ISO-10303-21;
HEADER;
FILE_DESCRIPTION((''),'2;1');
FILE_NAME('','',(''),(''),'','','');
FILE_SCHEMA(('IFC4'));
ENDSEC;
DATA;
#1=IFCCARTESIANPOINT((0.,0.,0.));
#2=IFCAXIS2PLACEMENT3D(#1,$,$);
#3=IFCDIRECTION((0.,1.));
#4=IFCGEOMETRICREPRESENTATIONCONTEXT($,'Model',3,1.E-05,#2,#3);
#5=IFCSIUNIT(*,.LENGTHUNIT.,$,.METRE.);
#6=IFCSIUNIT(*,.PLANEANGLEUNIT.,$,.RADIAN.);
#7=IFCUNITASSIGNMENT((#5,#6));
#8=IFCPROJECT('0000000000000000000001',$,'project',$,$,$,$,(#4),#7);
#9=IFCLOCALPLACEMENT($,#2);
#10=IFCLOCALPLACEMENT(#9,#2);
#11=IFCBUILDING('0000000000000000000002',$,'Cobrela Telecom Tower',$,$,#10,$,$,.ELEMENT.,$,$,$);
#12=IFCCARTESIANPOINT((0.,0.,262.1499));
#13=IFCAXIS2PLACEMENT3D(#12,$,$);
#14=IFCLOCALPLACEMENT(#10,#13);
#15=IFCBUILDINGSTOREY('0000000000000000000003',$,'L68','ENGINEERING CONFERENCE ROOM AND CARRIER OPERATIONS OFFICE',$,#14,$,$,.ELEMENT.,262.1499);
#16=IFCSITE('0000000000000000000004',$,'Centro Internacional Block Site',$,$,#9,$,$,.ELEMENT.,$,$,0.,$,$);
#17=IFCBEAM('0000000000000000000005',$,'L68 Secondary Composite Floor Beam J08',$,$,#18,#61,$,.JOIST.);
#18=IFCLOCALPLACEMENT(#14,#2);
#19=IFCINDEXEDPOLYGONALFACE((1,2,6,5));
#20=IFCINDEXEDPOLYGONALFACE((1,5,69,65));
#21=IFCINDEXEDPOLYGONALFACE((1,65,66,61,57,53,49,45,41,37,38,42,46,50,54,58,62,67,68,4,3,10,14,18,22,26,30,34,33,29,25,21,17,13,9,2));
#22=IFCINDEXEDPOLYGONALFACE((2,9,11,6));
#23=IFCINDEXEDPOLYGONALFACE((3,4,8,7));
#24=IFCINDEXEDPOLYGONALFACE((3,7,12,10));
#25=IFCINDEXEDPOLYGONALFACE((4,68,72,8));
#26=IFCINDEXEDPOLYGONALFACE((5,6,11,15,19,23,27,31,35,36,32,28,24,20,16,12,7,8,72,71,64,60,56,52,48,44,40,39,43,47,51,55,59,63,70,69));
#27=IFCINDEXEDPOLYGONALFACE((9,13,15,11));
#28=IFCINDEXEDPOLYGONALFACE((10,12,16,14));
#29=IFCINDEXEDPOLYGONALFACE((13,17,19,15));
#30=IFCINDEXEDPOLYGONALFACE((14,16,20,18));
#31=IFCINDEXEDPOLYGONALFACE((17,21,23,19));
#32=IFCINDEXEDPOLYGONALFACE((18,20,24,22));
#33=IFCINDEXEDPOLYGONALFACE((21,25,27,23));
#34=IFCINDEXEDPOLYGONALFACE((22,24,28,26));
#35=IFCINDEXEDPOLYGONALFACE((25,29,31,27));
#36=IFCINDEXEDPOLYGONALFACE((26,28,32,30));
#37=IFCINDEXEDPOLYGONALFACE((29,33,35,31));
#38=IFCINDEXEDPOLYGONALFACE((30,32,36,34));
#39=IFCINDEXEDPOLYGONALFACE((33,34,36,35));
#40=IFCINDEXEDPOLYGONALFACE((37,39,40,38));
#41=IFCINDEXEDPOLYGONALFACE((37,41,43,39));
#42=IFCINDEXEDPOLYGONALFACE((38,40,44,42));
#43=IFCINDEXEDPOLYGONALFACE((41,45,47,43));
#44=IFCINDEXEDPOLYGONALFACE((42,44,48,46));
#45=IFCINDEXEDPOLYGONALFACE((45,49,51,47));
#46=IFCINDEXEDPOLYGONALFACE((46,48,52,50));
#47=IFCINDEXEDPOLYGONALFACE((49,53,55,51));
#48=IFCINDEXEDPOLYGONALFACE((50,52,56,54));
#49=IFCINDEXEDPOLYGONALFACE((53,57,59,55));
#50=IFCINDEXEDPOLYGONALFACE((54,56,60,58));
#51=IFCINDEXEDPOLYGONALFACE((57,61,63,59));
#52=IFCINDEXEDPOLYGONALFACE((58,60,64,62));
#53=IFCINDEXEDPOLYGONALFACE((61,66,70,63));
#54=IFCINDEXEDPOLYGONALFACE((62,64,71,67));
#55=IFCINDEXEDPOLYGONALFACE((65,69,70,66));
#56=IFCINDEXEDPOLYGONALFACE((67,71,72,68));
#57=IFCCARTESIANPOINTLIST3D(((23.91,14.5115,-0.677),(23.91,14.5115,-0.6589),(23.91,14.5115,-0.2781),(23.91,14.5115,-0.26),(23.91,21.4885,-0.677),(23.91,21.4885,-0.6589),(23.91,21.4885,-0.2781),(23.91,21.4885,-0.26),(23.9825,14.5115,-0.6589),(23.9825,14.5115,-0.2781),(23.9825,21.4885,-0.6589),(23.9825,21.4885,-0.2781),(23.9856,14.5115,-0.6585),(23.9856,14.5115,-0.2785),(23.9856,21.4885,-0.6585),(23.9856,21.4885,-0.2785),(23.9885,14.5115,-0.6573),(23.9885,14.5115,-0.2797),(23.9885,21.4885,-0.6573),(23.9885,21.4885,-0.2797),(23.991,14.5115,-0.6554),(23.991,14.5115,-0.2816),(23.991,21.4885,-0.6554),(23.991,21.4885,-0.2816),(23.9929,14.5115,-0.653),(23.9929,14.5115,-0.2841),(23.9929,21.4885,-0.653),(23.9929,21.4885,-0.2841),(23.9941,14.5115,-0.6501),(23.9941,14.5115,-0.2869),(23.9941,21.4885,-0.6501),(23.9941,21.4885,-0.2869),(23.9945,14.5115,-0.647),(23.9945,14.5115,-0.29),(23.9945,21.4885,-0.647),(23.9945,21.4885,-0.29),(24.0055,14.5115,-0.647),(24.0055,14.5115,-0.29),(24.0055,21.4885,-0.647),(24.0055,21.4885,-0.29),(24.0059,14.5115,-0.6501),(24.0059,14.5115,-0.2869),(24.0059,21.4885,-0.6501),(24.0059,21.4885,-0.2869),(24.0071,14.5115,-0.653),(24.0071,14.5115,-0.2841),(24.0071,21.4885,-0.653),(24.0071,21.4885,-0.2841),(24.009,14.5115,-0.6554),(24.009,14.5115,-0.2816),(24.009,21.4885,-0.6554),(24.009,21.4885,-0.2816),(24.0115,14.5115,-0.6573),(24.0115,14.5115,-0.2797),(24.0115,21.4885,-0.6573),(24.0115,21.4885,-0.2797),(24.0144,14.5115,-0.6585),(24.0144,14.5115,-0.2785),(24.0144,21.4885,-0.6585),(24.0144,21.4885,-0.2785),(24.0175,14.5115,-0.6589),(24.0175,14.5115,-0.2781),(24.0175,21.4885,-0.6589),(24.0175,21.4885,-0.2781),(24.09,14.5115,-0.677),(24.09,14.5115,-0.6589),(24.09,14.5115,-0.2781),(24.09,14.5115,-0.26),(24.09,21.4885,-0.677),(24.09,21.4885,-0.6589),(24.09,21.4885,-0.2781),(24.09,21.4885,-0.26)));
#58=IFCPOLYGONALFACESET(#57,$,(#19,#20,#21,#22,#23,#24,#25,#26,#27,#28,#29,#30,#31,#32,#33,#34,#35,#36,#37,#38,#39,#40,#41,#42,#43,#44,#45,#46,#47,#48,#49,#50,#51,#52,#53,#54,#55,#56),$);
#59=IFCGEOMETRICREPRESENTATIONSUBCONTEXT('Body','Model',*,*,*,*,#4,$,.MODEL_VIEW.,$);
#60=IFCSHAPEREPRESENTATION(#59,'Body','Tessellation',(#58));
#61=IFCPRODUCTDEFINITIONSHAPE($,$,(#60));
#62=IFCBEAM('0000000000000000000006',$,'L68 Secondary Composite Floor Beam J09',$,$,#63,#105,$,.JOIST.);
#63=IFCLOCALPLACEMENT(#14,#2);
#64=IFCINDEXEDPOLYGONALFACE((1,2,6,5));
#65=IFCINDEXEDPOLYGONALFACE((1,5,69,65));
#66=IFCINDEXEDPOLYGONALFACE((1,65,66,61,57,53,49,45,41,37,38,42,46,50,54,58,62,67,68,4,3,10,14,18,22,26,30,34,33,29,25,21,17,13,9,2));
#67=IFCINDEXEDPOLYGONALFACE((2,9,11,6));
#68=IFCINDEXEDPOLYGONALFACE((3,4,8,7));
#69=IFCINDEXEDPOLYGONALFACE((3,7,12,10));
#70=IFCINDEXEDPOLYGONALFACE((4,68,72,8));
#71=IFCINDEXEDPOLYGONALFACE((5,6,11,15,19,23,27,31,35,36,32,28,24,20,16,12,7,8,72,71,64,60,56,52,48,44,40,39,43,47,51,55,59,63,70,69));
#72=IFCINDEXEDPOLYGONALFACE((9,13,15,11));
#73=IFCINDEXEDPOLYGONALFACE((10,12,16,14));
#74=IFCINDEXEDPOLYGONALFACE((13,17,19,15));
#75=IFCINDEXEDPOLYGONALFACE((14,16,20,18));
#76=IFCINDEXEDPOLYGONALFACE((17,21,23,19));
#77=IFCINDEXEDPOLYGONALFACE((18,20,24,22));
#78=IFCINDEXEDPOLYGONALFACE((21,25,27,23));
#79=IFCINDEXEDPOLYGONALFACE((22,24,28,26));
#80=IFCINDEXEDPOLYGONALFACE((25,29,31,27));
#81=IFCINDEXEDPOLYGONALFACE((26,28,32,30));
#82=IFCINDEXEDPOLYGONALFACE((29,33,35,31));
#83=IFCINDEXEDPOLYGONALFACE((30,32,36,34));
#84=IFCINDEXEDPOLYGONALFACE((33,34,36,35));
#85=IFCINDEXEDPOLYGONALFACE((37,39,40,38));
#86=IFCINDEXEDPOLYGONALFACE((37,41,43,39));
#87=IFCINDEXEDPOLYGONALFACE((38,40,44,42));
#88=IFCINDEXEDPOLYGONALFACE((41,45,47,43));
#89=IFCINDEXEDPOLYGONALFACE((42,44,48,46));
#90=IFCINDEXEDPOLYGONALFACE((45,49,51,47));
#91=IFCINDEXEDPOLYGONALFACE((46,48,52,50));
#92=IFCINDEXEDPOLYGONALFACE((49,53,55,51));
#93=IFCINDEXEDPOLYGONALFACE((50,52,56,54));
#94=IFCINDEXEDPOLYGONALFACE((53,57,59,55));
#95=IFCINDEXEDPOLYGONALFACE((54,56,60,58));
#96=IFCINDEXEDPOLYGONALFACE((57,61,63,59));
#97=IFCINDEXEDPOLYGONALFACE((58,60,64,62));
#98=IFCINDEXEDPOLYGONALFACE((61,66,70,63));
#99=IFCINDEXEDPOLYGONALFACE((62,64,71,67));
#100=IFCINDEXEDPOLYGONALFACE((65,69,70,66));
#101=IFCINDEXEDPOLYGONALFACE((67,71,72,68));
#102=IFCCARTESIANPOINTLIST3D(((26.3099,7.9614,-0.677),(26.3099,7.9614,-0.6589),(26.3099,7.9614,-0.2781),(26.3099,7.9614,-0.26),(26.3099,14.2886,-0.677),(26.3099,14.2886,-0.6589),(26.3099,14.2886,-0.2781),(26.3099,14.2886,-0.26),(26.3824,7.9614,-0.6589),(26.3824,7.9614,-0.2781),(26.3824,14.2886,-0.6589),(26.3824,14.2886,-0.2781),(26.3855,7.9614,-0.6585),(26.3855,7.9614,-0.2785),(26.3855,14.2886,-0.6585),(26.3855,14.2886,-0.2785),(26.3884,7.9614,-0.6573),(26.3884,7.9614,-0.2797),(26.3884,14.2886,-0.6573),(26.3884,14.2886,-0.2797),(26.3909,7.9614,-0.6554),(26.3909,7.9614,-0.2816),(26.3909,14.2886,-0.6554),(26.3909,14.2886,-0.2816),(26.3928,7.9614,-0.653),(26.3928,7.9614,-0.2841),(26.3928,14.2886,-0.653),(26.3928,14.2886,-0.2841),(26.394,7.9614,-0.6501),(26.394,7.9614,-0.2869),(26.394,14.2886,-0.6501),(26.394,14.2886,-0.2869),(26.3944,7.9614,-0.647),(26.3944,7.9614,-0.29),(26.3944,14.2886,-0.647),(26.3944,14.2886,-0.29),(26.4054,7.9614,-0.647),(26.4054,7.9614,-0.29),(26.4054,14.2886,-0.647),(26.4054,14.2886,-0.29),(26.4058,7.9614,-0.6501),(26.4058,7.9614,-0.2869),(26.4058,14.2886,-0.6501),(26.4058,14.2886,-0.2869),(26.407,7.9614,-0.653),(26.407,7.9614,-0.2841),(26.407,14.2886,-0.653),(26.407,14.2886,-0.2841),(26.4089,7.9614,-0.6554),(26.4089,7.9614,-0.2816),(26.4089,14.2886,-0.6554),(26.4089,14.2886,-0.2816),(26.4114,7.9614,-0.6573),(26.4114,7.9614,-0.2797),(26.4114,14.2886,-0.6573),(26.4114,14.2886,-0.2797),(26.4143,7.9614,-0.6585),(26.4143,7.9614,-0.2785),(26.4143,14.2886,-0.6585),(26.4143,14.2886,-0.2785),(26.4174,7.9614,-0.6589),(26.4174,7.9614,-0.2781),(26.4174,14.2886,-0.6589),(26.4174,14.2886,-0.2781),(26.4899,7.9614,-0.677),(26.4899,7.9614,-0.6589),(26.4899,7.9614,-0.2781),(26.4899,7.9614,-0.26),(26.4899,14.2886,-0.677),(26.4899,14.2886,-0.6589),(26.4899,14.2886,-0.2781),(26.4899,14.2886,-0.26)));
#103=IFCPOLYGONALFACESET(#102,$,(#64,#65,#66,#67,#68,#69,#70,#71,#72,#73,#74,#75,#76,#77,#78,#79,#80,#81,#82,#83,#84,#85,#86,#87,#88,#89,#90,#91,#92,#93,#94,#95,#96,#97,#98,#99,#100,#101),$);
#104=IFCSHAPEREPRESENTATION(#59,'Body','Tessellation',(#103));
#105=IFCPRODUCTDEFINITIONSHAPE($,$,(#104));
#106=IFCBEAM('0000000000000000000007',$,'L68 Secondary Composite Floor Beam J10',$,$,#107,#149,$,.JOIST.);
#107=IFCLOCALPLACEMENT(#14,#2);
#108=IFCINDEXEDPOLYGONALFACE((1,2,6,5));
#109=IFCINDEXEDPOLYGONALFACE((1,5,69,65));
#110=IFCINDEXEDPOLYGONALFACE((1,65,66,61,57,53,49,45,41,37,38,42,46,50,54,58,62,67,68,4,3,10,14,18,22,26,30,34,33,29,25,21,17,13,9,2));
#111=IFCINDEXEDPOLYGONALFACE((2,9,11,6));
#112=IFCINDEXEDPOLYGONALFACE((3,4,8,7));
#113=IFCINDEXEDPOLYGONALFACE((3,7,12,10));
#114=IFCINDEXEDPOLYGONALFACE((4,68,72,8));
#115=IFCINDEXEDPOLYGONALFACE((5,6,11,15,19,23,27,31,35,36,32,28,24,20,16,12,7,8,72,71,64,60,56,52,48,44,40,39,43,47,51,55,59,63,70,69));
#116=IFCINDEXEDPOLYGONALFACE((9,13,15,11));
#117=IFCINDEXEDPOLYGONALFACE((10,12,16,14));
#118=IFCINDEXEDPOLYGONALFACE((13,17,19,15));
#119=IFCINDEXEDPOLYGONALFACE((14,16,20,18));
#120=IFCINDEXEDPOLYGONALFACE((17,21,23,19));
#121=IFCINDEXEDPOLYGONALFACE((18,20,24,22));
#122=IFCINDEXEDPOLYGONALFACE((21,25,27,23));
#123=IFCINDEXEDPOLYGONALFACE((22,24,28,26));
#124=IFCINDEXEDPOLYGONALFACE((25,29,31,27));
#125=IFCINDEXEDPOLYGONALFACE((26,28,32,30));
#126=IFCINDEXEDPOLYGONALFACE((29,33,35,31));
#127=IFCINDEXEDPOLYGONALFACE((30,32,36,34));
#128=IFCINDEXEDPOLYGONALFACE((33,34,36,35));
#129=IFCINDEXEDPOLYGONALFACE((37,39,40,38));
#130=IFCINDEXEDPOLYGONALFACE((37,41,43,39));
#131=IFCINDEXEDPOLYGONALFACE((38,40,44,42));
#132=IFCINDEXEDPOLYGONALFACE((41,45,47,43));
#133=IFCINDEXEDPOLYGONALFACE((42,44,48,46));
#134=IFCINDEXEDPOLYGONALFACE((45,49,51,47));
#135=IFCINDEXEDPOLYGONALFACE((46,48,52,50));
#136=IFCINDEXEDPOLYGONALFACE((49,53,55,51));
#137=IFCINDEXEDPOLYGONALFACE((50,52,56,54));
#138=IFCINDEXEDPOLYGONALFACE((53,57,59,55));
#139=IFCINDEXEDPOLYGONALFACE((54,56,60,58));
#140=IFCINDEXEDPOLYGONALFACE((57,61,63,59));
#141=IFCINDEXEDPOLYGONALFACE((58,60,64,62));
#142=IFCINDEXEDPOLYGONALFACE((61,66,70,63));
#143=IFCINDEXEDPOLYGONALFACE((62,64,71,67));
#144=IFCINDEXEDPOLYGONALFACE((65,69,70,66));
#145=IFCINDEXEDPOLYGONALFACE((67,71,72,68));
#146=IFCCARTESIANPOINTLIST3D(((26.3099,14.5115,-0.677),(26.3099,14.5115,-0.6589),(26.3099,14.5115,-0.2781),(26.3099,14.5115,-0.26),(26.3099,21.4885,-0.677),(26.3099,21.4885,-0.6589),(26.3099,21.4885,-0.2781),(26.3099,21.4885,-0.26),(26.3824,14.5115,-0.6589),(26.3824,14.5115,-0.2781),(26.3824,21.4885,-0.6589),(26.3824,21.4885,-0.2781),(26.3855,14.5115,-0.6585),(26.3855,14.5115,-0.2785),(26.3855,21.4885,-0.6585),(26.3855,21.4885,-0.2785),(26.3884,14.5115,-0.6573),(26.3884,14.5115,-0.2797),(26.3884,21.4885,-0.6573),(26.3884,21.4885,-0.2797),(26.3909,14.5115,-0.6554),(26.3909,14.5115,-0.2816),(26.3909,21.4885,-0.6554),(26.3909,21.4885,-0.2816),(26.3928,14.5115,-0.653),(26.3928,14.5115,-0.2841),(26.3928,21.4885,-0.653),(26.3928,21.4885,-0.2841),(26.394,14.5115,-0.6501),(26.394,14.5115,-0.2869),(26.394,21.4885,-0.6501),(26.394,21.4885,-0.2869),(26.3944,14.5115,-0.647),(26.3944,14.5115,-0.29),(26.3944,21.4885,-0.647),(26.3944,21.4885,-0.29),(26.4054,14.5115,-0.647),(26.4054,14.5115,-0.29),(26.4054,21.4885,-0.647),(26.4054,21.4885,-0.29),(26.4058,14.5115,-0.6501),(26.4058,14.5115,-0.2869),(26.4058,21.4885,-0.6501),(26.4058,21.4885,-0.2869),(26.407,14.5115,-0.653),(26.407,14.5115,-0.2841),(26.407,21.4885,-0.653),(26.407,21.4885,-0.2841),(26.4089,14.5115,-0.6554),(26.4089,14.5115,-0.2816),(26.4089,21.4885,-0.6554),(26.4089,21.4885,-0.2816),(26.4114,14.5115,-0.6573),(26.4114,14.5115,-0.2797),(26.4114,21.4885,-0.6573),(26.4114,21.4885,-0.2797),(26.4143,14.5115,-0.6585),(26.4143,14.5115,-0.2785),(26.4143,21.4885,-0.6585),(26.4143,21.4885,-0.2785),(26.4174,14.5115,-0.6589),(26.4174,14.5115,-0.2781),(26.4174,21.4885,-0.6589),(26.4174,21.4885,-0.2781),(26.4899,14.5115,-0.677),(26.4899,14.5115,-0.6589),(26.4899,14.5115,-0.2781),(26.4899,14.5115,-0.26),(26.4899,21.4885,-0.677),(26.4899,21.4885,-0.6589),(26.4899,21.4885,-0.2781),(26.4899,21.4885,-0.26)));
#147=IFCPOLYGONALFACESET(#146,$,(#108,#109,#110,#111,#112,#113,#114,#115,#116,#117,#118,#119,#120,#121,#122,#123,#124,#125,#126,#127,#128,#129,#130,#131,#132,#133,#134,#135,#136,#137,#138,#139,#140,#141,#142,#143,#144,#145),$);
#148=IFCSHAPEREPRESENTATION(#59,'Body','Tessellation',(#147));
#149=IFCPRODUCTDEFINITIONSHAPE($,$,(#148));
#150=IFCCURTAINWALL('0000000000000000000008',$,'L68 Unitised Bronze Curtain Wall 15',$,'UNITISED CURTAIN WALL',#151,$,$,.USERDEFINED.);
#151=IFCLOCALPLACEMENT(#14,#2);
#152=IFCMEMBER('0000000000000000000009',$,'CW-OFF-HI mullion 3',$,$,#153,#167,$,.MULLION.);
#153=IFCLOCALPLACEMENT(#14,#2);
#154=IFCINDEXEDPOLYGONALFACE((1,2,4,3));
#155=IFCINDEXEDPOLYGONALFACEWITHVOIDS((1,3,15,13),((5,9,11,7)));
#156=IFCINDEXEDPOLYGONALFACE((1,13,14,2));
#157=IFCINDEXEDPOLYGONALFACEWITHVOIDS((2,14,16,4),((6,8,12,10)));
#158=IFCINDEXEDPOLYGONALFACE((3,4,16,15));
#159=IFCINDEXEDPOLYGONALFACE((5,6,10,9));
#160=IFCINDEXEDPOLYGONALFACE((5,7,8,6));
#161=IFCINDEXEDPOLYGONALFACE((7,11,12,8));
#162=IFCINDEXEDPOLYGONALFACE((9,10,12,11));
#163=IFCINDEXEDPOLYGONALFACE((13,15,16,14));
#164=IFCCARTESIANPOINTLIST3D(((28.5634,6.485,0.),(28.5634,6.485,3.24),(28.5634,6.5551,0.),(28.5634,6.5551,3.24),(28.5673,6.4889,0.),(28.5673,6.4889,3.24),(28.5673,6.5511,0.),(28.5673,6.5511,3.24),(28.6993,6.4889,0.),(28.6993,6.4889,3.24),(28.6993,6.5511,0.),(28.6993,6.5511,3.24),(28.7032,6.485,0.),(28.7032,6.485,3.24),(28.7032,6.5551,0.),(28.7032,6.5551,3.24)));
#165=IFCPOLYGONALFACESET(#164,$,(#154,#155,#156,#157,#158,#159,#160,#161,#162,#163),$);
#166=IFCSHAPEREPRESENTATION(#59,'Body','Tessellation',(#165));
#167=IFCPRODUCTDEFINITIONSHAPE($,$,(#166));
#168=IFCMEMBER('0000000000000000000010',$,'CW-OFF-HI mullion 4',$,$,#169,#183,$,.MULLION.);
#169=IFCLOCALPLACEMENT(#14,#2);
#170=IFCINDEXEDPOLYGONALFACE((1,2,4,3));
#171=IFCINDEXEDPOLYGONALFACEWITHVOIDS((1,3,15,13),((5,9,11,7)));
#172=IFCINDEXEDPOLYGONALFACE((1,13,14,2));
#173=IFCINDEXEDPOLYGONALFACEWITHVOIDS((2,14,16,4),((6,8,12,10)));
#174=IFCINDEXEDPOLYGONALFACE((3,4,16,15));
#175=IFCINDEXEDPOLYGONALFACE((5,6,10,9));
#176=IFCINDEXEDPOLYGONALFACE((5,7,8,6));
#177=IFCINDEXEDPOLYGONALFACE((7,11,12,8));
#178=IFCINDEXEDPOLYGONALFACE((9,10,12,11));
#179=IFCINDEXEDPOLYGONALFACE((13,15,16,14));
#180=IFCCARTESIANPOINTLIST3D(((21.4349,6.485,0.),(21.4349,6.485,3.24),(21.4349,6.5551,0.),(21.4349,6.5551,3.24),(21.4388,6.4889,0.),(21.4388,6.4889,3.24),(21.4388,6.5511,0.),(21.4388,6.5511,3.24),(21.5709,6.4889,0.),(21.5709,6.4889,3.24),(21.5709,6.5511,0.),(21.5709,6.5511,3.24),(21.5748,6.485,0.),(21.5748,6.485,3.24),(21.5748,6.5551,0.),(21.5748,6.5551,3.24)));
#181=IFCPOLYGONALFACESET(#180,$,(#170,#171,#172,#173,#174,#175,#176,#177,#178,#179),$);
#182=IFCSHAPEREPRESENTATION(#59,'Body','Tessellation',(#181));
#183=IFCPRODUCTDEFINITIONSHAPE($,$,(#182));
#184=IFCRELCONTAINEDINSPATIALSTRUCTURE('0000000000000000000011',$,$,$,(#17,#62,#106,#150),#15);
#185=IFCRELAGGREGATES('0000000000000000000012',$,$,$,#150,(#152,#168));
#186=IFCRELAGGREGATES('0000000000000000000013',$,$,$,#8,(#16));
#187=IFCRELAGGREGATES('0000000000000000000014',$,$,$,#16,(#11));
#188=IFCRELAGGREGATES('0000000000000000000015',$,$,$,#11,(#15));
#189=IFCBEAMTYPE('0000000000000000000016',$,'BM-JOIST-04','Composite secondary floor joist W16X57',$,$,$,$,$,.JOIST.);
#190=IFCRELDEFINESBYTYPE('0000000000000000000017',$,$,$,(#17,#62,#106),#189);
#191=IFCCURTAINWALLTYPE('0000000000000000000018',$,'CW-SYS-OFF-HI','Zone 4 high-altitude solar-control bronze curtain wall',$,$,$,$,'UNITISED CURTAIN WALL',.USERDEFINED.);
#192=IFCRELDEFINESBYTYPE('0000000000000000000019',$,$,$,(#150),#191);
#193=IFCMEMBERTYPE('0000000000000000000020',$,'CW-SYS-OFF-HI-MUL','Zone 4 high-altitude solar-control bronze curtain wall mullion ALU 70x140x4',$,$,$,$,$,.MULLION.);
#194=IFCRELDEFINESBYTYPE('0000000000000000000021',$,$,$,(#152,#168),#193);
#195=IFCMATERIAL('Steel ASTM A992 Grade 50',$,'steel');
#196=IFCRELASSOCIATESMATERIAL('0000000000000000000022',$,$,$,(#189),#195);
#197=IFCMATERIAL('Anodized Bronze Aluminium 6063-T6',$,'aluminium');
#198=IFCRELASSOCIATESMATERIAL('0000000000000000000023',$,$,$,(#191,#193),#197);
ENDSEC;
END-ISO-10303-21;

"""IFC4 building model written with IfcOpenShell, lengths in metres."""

from ifc_helpers import new_model, si_unit, direction, frame, origin, origin_2d, place, context, subcontext, project, spatial, hollow_rectangle, i_section, extrude, material, material_profile, profile_set, type_object, element, aggregate, save


model = new_model("IFC4")

# Units and contexts
model_context = context("Model", 3, precision=1e-05, world=origin(), true_north=direction((0.0, 1.0)))
body_context = subcontext(model_context, "Body", "Model", "MODEL_VIEW")
ifc_project = project(units=[si_unit("LENGTHUNIT", "METRE"), si_unit("PLANEANGLEUNIT", "RADIAN")], contexts=[model_context])

# Site, building, storey
site_placement = place(None, origin())
site = spatial("IfcSite", under=ifc_project, at=site_placement, Name="Centro Internacional Block Site", CompositionType="ELEMENT", RefElevation=0.0)
building_placement = place(site_placement, origin())
building = spatial("IfcBuilding", under=site, at=building_placement, Name="Cobrela Telecom Tower", CompositionType="ELEMENT")
storey_placement = place(building_placement, frame((0.0, 0.0, 262.1499)))
storey = spatial("IfcBuildingStorey", under=building, at=storey_placement, Name="L68", Description="ENGINEERING CONFERENCE ROOM AND CARRIER OPERATIONS OFFICE", CompositionType="ELEMENT", Elevation=262.1499)

# Shared definitions
ifc_material_1 = material(Name="Steel ASTM A992 Grade 50", Category="steel")

# Beams
ifc_material_profile_1 = material_profile(ifc_material_1, i_section(OverallWidth=0.1799, OverallDepth=0.417, WebThickness=0.011, FlangeThickness=0.0181, FilletRadius=0.012, at=origin_2d()), Name="W16X57")
ifc_profile_set_1 = profile_set([ifc_material_profile_1], Name="Steel ASTM A992 Grade 50")
beam_type_1 = type_object("IfcBeamType", Name="BM-JOIST-04", Description="Composite secondary floor joist W16X57", PredefinedType="JOIST", material=ifc_profile_set_1)
beam_1_placement = place(storey_placement, frame((24.0, 14.5115, -0.4685), z_axis=(0.0, 1.0, 0.0), x_axis=(-1.0, 0.0, 0.0)))
element("IfcBeam", 1, at=beam_1_placement, inside=storey, type_object=beam_type_1, Name="L68 Secondary Composite Floor Beam J08", PredefinedType="JOIST", context=body_context, shape_type="SweptSolid", body=[
    extrude(i_section(OverallWidth=0.1799, OverallDepth=0.417, WebThickness=0.011, FlangeThickness=0.0181, FilletRadius=0.012, at=origin_2d()), origin(), (0.0, 0.0, 1.0), 6.9771),
])
beam_2_placement = place(storey_placement, frame((26.3999, 7.9614, -0.4685), z_axis=(0.0, 1.0, 0.0), x_axis=(-1.0, 0.0, 0.0)))
element("IfcBeam", 2, at=beam_2_placement, inside=storey, type_object=beam_type_1, Name="L68 Secondary Composite Floor Beam J09", PredefinedType="JOIST", context=body_context, shape_type="SweptSolid", body=[
    extrude(i_section(OverallWidth=0.1799, OverallDepth=0.417, WebThickness=0.011, FlangeThickness=0.0181, FilletRadius=0.012, at=origin_2d()), origin(), (0.0, 0.0, 1.0), 6.3271),
])
beam_3_placement = place(storey_placement, frame((26.3999, 14.5115, -0.4685), z_axis=(0.0, 1.0, 0.0), x_axis=(-1.0, 0.0, 0.0)))
element("IfcBeam", 3, at=beam_3_placement, inside=storey, type_object=beam_type_1, Name="L68 Secondary Composite Floor Beam J10", PredefinedType="JOIST", context=body_context, shape_type="SweptSolid", body=[
    extrude(i_section(OverallWidth=0.1799, OverallDepth=0.417, WebThickness=0.011, FlangeThickness=0.0181, FilletRadius=0.012, at=origin_2d()), origin(), (0.0, 0.0, 1.0), 6.9771),
])

# Curtain wall, members
ifc_material_2 = material(Name="Anodized Bronze Aluminium 6063-T6", Category="aluminium")
curtain_wall_type = type_object("IfcCurtainWallType", Name="CW-SYS-OFF-HI", Description="Zone 4 high-altitude solar-control bronze curtain wall", ElementType="UNITISED CURTAIN WALL", PredefinedType="USERDEFINED", material=ifc_material_2)
curtain_wall_placement = place(storey_placement, origin())
curtain_wall = element("IfcCurtainWall", 4, at=curtain_wall_placement, inside=storey, type_object=curtain_wall_type, Name="L68 Unitised Bronze Curtain Wall 15", ObjectType="UNITISED CURTAIN WALL", PredefinedType="USERDEFINED")
ifc_material_profile_2 = material_profile(ifc_material_2, hollow_rectangle(XDim=0.0701, YDim=0.1399, WallThickness=0.0039, at=origin_2d()), Name="ALU 70x140x4")
ifc_profile_set_2 = profile_set([ifc_material_profile_2], Name="Anodized Bronze Aluminium 6063-T6")
member_type_1 = type_object("IfcMemberType", Name="CW-SYS-OFF-HI-MUL", Description="Zone 4 high-altitude solar-control bronze curtain wall mullion ALU 70x140x4", PredefinedType="MULLION", material=ifc_profile_set_2)
member_1_placement = place(storey_placement, frame((28.6333, 6.52, 0.0), z_axis=(0.0, 0.0, 1.0), x_axis=(0.0, -1.0, 0.0)))
member_1 = element("IfcMember", 5, at=member_1_placement, type_object=member_type_1, Name="CW-OFF-HI mullion 3", PredefinedType="MULLION", context=body_context, shape_type="SweptSolid", body=[
    extrude(hollow_rectangle(XDim=0.0701, YDim=0.1399, WallThickness=0.0039, at=origin_2d()), origin(), (0.0, 0.0, 1.0), 3.24),
])
member_2_placement = place(storey_placement, frame((21.5049, 6.52, 0.0), z_axis=(0.0, 0.0, 1.0), x_axis=(0.0, -1.0, 0.0)))
member_2 = element("IfcMember", 6, at=member_2_placement, type_object=member_type_1, Name="CW-OFF-HI mullion 4", PredefinedType="MULLION", context=body_context, shape_type="SweptSolid", body=[
    extrude(hollow_rectangle(XDim=0.0701, YDim=0.1399, WallThickness=0.0039, at=origin_2d()), origin(), (0.0, 0.0, 1.0), 3.24),
])
aggregate(curtain_wall, [member_1, member_2])

save(model, "model.ifc")
